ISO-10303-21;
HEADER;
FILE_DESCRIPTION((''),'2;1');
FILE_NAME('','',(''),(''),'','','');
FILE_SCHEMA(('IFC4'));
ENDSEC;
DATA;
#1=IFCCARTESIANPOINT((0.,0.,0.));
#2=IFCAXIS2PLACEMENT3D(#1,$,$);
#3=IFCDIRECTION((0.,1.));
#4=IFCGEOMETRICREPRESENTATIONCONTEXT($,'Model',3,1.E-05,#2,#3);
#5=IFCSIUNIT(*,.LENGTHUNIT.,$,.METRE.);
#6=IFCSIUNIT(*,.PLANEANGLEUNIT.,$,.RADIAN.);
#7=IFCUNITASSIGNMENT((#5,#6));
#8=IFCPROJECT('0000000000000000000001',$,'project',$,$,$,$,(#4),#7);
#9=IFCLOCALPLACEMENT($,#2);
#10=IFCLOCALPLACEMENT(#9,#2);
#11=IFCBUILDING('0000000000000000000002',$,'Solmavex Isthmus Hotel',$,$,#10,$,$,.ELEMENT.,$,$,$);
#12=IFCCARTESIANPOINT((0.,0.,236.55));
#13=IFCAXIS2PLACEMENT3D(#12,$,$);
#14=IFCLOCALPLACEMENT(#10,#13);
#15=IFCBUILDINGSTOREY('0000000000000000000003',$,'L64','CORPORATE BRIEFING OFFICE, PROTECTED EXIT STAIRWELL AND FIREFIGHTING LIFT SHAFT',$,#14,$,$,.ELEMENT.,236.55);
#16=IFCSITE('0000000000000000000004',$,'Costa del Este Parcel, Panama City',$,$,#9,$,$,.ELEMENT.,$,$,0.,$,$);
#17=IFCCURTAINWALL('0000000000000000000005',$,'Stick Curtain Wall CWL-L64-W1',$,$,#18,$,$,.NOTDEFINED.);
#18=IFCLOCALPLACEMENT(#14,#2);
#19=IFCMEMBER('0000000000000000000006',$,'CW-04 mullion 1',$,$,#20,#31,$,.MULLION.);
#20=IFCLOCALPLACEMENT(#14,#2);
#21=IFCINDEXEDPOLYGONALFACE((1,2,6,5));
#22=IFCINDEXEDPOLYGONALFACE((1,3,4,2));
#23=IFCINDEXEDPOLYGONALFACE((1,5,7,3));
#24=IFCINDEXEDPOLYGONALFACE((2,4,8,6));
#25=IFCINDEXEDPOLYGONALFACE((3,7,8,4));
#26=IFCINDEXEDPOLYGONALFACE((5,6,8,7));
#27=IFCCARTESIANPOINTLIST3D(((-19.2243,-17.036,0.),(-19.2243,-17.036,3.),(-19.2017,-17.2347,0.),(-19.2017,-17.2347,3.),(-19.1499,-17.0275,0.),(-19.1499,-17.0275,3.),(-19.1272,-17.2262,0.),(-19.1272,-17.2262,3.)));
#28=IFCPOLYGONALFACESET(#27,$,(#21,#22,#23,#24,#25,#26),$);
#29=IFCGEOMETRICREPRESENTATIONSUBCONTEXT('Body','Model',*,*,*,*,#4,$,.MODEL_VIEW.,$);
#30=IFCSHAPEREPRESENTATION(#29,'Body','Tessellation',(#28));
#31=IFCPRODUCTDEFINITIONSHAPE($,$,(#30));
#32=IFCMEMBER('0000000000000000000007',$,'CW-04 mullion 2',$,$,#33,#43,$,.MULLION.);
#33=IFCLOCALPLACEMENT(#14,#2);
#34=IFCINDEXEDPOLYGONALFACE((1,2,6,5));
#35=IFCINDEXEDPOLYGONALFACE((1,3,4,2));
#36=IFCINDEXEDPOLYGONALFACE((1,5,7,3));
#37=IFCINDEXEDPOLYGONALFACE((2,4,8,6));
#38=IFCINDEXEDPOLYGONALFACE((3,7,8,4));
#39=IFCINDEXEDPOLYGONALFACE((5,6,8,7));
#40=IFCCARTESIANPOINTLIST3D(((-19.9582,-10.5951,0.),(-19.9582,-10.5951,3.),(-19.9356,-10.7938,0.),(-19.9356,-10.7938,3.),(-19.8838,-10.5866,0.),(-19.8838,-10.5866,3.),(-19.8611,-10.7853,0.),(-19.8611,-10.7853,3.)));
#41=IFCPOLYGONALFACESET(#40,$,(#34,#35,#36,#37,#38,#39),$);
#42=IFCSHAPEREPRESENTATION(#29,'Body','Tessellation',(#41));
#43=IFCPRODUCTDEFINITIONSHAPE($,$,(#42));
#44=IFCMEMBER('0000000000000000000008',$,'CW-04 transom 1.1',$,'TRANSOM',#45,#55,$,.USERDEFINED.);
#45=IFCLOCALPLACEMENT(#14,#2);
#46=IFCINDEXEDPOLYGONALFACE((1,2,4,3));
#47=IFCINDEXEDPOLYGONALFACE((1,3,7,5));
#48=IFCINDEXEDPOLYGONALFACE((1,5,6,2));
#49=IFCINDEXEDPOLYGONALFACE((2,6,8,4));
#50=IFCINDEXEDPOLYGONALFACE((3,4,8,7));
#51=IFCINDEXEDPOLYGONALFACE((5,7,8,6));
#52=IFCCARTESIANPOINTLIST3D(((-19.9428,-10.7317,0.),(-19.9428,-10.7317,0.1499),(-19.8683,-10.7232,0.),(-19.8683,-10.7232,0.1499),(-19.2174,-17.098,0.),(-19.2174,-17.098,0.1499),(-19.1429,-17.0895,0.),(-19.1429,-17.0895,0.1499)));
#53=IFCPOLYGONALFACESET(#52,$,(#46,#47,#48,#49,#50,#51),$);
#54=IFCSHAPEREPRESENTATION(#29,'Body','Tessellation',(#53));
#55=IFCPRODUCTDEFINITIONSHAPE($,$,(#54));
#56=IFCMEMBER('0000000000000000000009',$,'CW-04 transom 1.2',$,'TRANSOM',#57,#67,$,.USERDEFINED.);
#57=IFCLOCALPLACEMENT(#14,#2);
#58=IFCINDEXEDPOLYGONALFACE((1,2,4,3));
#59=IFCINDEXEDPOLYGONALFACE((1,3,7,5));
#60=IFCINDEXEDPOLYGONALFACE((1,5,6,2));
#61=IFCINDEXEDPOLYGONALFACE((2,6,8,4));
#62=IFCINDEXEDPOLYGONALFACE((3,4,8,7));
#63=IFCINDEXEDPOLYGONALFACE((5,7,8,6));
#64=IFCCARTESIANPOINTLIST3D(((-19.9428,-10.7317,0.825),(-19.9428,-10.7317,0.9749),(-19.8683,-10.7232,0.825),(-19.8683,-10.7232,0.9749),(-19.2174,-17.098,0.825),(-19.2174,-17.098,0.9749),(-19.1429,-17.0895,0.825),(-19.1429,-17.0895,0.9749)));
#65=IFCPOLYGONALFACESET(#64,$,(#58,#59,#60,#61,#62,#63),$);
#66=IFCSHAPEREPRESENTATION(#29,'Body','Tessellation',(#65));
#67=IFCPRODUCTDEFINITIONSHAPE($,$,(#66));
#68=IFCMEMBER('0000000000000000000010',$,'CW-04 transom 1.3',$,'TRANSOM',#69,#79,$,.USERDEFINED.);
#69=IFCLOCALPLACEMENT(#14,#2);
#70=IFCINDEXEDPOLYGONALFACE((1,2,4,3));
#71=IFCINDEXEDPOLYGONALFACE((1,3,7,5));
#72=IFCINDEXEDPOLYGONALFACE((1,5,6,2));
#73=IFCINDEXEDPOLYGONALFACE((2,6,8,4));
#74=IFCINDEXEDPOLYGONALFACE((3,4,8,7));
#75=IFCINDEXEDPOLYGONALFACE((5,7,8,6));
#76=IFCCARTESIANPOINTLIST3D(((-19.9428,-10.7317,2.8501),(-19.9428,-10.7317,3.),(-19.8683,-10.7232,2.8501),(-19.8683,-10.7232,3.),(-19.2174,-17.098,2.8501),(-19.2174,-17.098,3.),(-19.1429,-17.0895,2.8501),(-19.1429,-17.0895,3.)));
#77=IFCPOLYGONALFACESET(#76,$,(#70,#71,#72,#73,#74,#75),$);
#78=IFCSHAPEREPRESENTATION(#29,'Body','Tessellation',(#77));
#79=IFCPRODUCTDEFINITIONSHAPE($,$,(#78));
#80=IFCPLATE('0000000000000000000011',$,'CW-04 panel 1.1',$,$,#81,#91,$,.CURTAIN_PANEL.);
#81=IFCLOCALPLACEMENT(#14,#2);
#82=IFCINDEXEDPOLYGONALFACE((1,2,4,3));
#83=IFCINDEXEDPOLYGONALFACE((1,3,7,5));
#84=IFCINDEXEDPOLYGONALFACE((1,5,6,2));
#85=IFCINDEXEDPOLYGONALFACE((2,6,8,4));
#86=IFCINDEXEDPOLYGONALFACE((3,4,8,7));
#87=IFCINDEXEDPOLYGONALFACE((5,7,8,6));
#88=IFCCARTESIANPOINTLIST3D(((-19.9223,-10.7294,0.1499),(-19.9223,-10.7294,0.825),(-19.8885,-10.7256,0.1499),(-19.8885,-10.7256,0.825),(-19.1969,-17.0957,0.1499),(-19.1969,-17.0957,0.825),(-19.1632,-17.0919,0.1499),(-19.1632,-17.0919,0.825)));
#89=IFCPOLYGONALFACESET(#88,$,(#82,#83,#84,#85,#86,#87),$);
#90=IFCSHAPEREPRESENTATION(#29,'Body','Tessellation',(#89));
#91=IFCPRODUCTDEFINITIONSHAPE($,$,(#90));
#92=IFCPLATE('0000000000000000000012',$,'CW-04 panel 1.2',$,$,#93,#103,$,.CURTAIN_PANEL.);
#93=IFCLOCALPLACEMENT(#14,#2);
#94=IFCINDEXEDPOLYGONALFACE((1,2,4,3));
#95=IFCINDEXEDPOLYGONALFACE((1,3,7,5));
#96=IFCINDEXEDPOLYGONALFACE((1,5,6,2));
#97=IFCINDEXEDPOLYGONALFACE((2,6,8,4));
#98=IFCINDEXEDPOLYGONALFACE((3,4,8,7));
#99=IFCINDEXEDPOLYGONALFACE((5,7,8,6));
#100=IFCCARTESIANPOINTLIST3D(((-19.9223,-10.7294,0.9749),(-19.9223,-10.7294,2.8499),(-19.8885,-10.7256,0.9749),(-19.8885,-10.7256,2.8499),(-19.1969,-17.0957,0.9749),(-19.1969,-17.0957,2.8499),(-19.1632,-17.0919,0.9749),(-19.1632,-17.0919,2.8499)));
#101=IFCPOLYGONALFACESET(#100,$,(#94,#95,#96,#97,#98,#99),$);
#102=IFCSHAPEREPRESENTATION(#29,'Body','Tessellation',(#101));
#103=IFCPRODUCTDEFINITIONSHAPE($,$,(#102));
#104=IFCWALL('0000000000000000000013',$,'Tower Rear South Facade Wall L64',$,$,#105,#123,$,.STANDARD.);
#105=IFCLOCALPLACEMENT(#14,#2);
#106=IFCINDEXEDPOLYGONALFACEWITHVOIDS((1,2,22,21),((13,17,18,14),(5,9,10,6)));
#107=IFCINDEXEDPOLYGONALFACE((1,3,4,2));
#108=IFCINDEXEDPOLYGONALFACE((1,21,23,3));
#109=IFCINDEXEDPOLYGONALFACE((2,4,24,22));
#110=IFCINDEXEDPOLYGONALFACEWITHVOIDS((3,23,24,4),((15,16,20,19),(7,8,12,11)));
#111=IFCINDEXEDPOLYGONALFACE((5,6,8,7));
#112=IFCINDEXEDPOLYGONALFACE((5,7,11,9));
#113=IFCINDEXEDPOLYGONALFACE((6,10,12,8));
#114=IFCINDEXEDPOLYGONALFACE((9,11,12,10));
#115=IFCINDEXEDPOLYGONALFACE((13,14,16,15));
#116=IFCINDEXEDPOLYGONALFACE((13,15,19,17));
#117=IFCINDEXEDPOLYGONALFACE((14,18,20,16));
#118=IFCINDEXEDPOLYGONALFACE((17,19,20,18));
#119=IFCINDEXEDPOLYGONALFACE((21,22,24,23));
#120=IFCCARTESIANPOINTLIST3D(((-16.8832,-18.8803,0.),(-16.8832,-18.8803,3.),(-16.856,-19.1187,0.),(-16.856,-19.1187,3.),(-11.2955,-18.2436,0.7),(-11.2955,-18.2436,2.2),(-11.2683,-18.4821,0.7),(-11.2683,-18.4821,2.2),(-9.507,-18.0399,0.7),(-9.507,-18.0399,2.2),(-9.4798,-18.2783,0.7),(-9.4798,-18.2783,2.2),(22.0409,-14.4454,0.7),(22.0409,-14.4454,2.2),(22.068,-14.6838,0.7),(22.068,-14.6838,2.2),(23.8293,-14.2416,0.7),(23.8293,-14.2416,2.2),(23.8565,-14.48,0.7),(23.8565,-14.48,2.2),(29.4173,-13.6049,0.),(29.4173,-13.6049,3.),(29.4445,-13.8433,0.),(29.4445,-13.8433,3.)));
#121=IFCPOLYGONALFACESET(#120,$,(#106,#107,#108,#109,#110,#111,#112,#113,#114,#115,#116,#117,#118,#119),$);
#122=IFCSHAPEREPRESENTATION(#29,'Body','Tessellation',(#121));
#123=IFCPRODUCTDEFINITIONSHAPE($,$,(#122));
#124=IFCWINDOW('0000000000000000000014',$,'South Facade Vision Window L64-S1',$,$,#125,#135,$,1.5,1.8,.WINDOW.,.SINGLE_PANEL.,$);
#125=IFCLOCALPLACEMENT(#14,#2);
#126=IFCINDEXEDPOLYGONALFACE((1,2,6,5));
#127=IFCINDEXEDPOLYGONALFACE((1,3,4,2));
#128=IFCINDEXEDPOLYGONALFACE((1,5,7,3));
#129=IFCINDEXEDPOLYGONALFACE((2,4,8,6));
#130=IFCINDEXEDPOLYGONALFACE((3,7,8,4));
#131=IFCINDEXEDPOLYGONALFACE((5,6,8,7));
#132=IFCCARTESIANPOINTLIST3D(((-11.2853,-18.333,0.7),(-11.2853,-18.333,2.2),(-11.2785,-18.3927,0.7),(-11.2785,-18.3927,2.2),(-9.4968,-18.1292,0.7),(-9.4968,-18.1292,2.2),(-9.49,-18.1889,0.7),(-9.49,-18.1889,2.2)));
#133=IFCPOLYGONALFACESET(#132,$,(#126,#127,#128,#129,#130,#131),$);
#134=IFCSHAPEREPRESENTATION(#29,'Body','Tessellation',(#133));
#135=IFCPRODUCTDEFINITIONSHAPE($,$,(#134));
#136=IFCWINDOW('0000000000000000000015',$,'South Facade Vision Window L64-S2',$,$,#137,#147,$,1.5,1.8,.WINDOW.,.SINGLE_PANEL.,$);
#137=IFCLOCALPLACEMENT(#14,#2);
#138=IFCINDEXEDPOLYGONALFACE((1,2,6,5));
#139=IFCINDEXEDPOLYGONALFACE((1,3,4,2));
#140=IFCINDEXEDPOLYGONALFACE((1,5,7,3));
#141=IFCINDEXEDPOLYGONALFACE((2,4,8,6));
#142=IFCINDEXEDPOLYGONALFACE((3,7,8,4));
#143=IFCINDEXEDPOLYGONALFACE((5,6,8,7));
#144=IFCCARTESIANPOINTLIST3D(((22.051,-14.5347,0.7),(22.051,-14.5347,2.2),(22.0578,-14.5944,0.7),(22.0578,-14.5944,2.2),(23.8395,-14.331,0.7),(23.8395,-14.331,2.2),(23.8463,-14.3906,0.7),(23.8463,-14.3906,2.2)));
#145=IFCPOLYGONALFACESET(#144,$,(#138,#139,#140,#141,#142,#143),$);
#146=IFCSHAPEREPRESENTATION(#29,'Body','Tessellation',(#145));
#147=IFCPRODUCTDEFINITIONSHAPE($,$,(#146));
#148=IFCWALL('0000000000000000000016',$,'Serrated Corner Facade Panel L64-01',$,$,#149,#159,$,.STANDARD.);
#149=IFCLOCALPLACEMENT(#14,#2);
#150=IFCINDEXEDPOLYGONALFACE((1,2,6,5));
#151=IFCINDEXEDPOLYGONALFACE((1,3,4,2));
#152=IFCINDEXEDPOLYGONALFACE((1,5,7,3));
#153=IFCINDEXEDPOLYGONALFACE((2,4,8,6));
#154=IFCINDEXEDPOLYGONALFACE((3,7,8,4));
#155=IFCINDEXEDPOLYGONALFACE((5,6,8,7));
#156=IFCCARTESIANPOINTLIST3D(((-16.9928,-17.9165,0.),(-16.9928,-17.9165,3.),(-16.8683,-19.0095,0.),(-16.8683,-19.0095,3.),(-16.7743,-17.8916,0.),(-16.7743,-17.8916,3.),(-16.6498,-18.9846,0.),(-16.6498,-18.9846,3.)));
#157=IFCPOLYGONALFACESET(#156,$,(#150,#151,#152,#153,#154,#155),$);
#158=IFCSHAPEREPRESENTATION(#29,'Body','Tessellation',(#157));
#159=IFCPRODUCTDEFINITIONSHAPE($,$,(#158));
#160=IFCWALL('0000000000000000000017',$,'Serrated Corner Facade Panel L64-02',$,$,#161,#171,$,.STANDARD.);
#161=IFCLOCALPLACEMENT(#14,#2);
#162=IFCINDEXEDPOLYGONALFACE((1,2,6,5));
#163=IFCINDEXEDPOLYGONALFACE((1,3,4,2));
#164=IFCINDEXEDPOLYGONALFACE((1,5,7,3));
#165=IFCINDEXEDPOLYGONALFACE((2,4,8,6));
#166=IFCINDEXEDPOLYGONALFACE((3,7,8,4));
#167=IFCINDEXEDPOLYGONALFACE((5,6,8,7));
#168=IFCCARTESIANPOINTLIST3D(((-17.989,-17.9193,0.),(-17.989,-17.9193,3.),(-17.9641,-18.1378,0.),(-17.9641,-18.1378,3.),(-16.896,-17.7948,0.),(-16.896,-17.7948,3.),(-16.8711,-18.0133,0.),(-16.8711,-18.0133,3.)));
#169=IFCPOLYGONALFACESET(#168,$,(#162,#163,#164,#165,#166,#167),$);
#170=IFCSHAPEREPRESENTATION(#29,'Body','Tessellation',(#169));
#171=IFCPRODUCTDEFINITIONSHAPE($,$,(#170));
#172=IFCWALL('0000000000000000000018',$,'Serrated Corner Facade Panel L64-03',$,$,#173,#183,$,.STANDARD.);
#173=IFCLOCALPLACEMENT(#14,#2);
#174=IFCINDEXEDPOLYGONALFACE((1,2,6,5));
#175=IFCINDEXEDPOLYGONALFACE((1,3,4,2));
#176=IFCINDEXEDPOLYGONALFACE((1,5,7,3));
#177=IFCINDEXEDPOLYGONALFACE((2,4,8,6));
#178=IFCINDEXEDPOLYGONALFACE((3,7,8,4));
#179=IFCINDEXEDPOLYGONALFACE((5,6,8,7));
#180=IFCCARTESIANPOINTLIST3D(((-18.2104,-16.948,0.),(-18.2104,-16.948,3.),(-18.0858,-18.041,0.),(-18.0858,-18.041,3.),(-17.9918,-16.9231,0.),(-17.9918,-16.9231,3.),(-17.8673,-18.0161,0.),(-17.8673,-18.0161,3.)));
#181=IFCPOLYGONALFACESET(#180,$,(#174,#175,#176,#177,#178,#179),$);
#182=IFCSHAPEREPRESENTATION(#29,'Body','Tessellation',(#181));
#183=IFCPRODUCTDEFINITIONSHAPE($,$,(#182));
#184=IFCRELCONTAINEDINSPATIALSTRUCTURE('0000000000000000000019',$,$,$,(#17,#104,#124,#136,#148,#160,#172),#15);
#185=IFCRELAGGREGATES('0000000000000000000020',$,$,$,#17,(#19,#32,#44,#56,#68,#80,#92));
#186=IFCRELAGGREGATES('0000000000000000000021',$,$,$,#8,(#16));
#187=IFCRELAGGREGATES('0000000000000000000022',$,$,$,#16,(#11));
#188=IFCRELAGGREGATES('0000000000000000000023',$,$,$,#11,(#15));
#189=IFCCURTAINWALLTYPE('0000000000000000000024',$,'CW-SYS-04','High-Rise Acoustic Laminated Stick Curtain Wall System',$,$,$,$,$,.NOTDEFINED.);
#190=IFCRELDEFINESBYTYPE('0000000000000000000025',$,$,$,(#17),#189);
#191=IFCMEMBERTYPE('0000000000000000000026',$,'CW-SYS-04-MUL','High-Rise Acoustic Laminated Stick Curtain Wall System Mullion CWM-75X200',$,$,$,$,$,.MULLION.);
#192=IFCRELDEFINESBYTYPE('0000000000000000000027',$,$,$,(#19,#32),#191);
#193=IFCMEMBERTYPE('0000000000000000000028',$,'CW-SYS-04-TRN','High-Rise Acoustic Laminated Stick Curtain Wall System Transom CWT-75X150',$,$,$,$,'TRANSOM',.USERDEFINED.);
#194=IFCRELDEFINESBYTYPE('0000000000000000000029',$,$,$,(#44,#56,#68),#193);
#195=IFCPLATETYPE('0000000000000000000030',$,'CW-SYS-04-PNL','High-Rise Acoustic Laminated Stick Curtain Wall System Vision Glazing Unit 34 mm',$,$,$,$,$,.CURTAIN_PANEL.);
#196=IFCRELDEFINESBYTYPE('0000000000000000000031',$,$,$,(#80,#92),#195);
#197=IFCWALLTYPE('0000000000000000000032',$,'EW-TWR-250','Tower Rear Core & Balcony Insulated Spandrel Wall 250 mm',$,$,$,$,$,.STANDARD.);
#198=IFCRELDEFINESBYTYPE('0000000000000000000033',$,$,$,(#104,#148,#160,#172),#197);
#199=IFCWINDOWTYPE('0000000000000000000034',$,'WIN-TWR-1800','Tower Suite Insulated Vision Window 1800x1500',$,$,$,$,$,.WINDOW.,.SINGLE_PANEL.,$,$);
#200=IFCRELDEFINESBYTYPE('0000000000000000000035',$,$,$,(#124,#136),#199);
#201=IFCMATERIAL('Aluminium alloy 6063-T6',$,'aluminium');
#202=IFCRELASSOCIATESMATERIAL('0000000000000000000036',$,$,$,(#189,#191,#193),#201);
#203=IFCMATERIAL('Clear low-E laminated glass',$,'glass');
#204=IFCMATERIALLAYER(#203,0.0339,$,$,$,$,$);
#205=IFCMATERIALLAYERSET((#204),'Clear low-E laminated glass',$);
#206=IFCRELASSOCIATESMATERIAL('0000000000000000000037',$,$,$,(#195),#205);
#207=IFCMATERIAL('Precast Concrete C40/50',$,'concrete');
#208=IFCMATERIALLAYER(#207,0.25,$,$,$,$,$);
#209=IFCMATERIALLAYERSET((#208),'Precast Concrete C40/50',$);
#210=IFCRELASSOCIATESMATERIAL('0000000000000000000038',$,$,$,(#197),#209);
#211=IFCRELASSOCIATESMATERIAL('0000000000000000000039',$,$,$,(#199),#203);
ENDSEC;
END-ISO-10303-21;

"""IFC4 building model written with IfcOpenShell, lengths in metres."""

from ifc_helpers import new_model, si_unit, direction, frame, frame_2d, origin, origin_2d, place, context, subcontext, project, spatial, rectangle, extrude, material, layer, layer_set, material_profile, profile_set, type_object, element, fill, aggregate, save


model = new_model("IFC4")

# Units and contexts
model_context = context("Model", 3, precision=1e-05, world=origin(), true_north=direction((0.0, 1.0)))
body_context = subcontext(model_context, "Body", "Model", "MODEL_VIEW")
ifc_project = project(units=[si_unit("LENGTHUNIT", "METRE"), si_unit("PLANEANGLEUNIT", "RADIAN")], contexts=[model_context])

# Site, building, storey
site_placement = place(None, origin())
site = spatial("IfcSite", under=ifc_project, at=site_placement, Name="Costa del Este Parcel, Panama City", CompositionType="ELEMENT", RefElevation=0.0)
building_placement = place(site_placement, origin())
building = spatial("IfcBuilding", under=site, at=building_placement, Name="Solmavex Isthmus Hotel", CompositionType="ELEMENT")
storey_placement = place(building_placement, frame((0.0, 0.0, 236.55)))
storey = spatial("IfcBuildingStorey", under=building, at=storey_placement, Name="L64", Description="CORPORATE BRIEFING OFFICE, PROTECTED EXIT STAIRWELL AND FIREFIGHTING LIFT SHAFT", CompositionType="ELEMENT", Elevation=236.55)

# Curtain wall, members, plates
ifc_material_1 = material(Name="Aluminium alloy 6063-T6", Category="aluminium")
curtain_wall_type = type_object("IfcCurtainWallType", Name="CW-SYS-04", Description="High-Rise Acoustic Laminated Stick Curtain Wall System", PredefinedType="NOTDEFINED", material=ifc_material_1)
curtain_wall_placement = place(storey_placement, origin())
curtain_wall = element("IfcCurtainWall", 1, at=curtain_wall_placement, inside=storey, type_object=curtain_wall_type, Name="Stick Curtain Wall CWL-L64-W1", PredefinedType="NOTDEFINED")
ifc_material_profile_1 = material_profile(ifc_material_1, rectangle(XDim=0.075, YDim=0.2, at=origin_2d()), Name="CWM-75X200")
ifc_profile_set_1 = profile_set([ifc_material_profile_1], Name="Aluminium alloy 6063-T6")
member_type_1 = type_object("IfcMemberType", Name="CW-SYS-04-MUL", Description="High-Rise Acoustic Laminated Stick Curtain Wall System Mullion CWM-75X200", PredefinedType="MULLION", material=ifc_profile_set_1)
member_1_placement = place(storey_placement, frame((-19.1758, -17.1311, 0.0), z_axis=(0.0, 0.0, 1.0), x_axis=(-0.993572, -0.113203, 0.0)))
member_1 = element("IfcMember", 2, at=member_1_placement, type_object=member_type_1, Name="CW-04 mullion 1", PredefinedType="MULLION", context=body_context, shape_type="SweptSolid", body=[
    extrude(rectangle(XDim=0.075, YDim=0.2, at=origin_2d()), origin(), (0.0, 0.0, 1.0), 3.0),
])
member_2_placement = place(storey_placement, frame((-19.9097, -10.6902, 0.0), z_axis=(0.0, 0.0, 1.0), x_axis=(-0.993572, -0.113203, 0.0)))
member_2 = element("IfcMember", 3, at=member_2_placement, type_object=member_type_1, Name="CW-04 mullion 2", PredefinedType="MULLION", context=body_context, shape_type="SweptSolid", body=[
    extrude(rectangle(XDim=0.075, YDim=0.2, at=origin_2d()), origin(), (0.0, 0.0, 1.0), 3.0),
])
ifc_material_profile_2 = material_profile(ifc_material_1, rectangle(XDim=0.075, YDim=0.1499, at=origin_2d()), Name="CWT-75X150")
ifc_profile_set_2 = profile_set([ifc_material_profile_2], Name="Aluminium alloy 6063-T6")
member_type_2 = type_object("IfcMemberType", Name="CW-SYS-04-TRN", Description="High-Rise Acoustic Laminated Stick Curtain Wall System Transom CWT-75X150", ElementType="TRANSOM", PredefinedType="USERDEFINED", material=ifc_profile_set_2)
member_3_placement = place(storey_placement, frame((-19.1802, -17.0938, 0.075), z_axis=(-0.113204, 0.993572, 0.0), x_axis=(-0.993572, -0.113204, 0.0)))
member_3 = element("IfcMember", 4, at=member_3_placement, type_object=member_type_2, Name="CW-04 transom 1.1", ObjectType="TRANSOM", PredefinedType="USERDEFINED", context=body_context, shape_type="SweptSolid", body=[
    extrude(rectangle(XDim=0.075, YDim=0.1499, at=origin_2d()), origin(), (0.0, 0.0, 1.0), 6.4075),
])
member_4_placement = place(storey_placement, frame((-19.1802, -17.0938, 0.8999), z_axis=(-0.113204, 0.993572, 0.0), x_axis=(-0.993572, -0.113204, 0.0)))
member_4 = element("IfcMember", 5, at=member_4_placement, type_object=member_type_2, Name="CW-04 transom 1.2", ObjectType="TRANSOM", PredefinedType="USERDEFINED", context=body_context, shape_type="SweptSolid", body=[
    extrude(rectangle(XDim=0.075, YDim=0.1499, at=origin_2d()), origin(), (0.0, 0.0, 1.0), 6.4075),
])
member_5_placement = place(storey_placement, frame((-19.1802, -17.0938, 2.925), z_axis=(-0.113204, 0.993572, 0.0), x_axis=(-0.993572, -0.113204, 0.0)))
member_5 = element("IfcMember", 6, at=member_5_placement, type_object=member_type_2, Name="CW-04 transom 1.3", ObjectType="TRANSOM", PredefinedType="USERDEFINED", context=body_context, shape_type="SweptSolid", body=[
    extrude(rectangle(XDim=0.075, YDim=0.1499, at=origin_2d()), origin(), (0.0, 0.0, 1.0), 6.4075),
])
ifc_material_2 = material(Name="Clear low-E laminated glass", Category="glass")
ifc_layer_1 = layer(ifc_material_2, 0.0339)
ifc_layer_set_1 = layer_set([ifc_layer_1], Name="Clear low-E laminated glass")
plate_type = type_object("IfcPlateType", Name="CW-SYS-04-PNL", Description="High-Rise Acoustic Laminated Stick Curtain Wall System Vision Glazing Unit 34 mm", PredefinedType="CURTAIN_PANEL", material=ifc_layer_set_1)
plate_1_placement = place(storey_placement, frame((-19.5427, -13.9106, 0.1499), z_axis=(0.0, 0.0, 1.0), x_axis=(-0.113203, 0.993572, 0.0)))
plate_1 = element("IfcPlate", 7, at=plate_1_placement, type_object=plate_type, Name="CW-04 panel 1.1", PredefinedType="CURTAIN_PANEL", context=body_context, shape_type="SweptSolid", body=[
    extrude(rectangle(XDim=6.4075, YDim=0.0339, at=origin_2d()), origin(), (0.0, 0.0, 1.0), 0.675),
])
plate_2_placement = place(storey_placement, frame((-19.5427, -13.9106, 0.9749), z_axis=(0.0, 0.0, 1.0), x_axis=(-0.113203, 0.993572, 0.0)))
plate_2 = element("IfcPlate", 8, at=plate_2_placement, type_object=plate_type, Name="CW-04 panel 1.2", PredefinedType="CURTAIN_PANEL", context=body_context, shape_type="SweptSolid", body=[
    extrude(rectangle(XDim=6.4075, YDim=0.0339, at=origin_2d()), origin(), (0.0, 0.0, 1.0), 1.875),
])
aggregate(curtain_wall, [member_1, member_2, member_3, member_4, member_5, plate_1, plate_2])

# Wall, openings, windows
ifc_material_3 = material(Name="Precast Concrete C40/50", Category="concrete")
ifc_layer_2 = layer(ifc_material_3, 0.25)
ifc_layer_set_2 = layer_set([ifc_layer_2], Name="Precast Concrete C40/50")
wall_type_1 = type_object("IfcWallType", Name="EW-TWR-250", Description="Tower Rear Core & Balcony Insulated Spandrel Wall 250 mm", PredefinedType="STANDARD", material=ifc_layer_set_2)
wall_1_placement = place(storey_placement, frame((-16.8696, -18.9995, 0.0), z_axis=(0.0, 0.0, 1.0), x_axis=(0.993572, 0.113206, 0.0)))
wall_1 = element("IfcWall", 9, at=wall_1_placement, inside=storey, type_object=wall_type_1, Name="Tower Rear South Facade Wall L64", PredefinedType="STANDARD", context=body_context, shape_type="SweptSolid", body=[
    extrude(rectangle(XDim=46.6001, YDim=0.24, at=frame_2d((23.3, 0.0))), origin(), (0.0, 0.0, 1.0), 3.0),
])
opening_1_placement = place(wall_1_placement, frame((5.624, 0.0, 0.7)))
opening_1 = element("IfcOpeningElement", 10, at=opening_1_placement, cuts=wall_1, PredefinedType="OPENING", context=body_context, shape_type="SweptSolid", body=[
    extrude(rectangle(XDim=1.8, YDim=1.5, at=frame_2d((0.8999, 0.75))), frame((0.0, 0.1299, 0.0), z_axis=(0.0, -1.0, 0.0), x_axis=(1.0, 0.0, 0.0)), (0.0, 0.0, 1.0), 0.26),
])
opening_2_placement = place(wall_1_placement, frame((39.176, 0.0, 0.7)))
opening_2 = element("IfcOpeningElement", 11, at=opening_2_placement, cuts=wall_1, PredefinedType="OPENING", context=body_context, shape_type="SweptSolid", body=[
    extrude(rectangle(XDim=1.8, YDim=1.5, at=frame_2d((0.8999, 0.75))), frame((0.0, 0.1299, 0.0), z_axis=(0.0, -1.0, 0.0), x_axis=(1.0, 0.0, 0.0)), (0.0, 0.0, 1.0), 0.26),
])
window_type = type_object("IfcWindowType", Name="WIN-TWR-1800", Description="Tower Suite Insulated Vision Window 1800x1500", PartitioningType="SINGLE_PANEL", PredefinedType="WINDOW", material=ifc_material_2)
window_1_placement = place(opening_1_placement, origin())
window_1 = element("IfcWindow", 12, at=window_1_placement, inside=storey, type_object=window_type, Name="South Facade Vision Window L64-S1", OverallHeight=1.5, OverallWidth=1.8, PartitioningType="SINGLE_PANEL", PredefinedType="WINDOW", context=body_context, shape_type="SweptSolid", body=[
    extrude(rectangle(XDim=1.8, YDim=1.5, at=frame_2d((0.8999, 0.75))), frame((0.0, 0.03, 0.0), z_axis=(0.0, -1.0, 0.0), x_axis=(1.0, 0.0, 0.0)), (0.0, 0.0, 1.0), 0.0601),
])
fill(opening_1, window_1)
window_2_placement = place(opening_2_placement, origin())
window_2 = element("IfcWindow", 13, at=window_2_placement, inside=storey, type_object=window_type, Name="South Facade Vision Window L64-S2", OverallHeight=1.5, OverallWidth=1.8, PartitioningType="SINGLE_PANEL", PredefinedType="WINDOW", context=body_context, shape_type="SweptSolid", body=[
    extrude(rectangle(XDim=1.8, YDim=1.5, at=frame_2d((0.8999, 0.75))), frame((0.0, 0.03, 0.0), z_axis=(0.0, -1.0, 0.0), x_axis=(1.0, 0.0, 0.0)), (0.0, 0.0, 1.0), 0.0601),
])
fill(opening_2, window_2)

# Walls
for number, where, z_axis, x_axis, name in (
    (14, (-16.759, -18.9971, 0.0), (0.0, 0.0, 1.0), (-0.113184, 0.993574, 0.0), "Serrated Corner Facade Panel L64-01"),
    (15, (-16.8835, -17.9041, 0.0), (0.0, 0.0, 1.0), (-0.993574, -0.113184, 0.0), "Serrated Corner Facade Panel L64-02"),
    (16, (-17.9766, -18.0286, 0.0), (0.0, 0.0, 1.0), (-0.113184, 0.993574, 0.0), "Serrated Corner Facade Panel L64-03"),
):
    element("IfcWall", number, at=place(storey_placement, frame(where, z_axis=z_axis, x_axis=x_axis)), inside=storey, type_object=wall_type_1, Name=name, PredefinedType="STANDARD", context=body_context, shape_type="SweptSolid", body=[
        extrude(rectangle(XDim=1.1001, YDim=0.22, at=frame_2d((0.55, 0.0))), origin(), (0.0, 0.0, 1.0), 3.0),
    ])

save(model, "model.ifc")
